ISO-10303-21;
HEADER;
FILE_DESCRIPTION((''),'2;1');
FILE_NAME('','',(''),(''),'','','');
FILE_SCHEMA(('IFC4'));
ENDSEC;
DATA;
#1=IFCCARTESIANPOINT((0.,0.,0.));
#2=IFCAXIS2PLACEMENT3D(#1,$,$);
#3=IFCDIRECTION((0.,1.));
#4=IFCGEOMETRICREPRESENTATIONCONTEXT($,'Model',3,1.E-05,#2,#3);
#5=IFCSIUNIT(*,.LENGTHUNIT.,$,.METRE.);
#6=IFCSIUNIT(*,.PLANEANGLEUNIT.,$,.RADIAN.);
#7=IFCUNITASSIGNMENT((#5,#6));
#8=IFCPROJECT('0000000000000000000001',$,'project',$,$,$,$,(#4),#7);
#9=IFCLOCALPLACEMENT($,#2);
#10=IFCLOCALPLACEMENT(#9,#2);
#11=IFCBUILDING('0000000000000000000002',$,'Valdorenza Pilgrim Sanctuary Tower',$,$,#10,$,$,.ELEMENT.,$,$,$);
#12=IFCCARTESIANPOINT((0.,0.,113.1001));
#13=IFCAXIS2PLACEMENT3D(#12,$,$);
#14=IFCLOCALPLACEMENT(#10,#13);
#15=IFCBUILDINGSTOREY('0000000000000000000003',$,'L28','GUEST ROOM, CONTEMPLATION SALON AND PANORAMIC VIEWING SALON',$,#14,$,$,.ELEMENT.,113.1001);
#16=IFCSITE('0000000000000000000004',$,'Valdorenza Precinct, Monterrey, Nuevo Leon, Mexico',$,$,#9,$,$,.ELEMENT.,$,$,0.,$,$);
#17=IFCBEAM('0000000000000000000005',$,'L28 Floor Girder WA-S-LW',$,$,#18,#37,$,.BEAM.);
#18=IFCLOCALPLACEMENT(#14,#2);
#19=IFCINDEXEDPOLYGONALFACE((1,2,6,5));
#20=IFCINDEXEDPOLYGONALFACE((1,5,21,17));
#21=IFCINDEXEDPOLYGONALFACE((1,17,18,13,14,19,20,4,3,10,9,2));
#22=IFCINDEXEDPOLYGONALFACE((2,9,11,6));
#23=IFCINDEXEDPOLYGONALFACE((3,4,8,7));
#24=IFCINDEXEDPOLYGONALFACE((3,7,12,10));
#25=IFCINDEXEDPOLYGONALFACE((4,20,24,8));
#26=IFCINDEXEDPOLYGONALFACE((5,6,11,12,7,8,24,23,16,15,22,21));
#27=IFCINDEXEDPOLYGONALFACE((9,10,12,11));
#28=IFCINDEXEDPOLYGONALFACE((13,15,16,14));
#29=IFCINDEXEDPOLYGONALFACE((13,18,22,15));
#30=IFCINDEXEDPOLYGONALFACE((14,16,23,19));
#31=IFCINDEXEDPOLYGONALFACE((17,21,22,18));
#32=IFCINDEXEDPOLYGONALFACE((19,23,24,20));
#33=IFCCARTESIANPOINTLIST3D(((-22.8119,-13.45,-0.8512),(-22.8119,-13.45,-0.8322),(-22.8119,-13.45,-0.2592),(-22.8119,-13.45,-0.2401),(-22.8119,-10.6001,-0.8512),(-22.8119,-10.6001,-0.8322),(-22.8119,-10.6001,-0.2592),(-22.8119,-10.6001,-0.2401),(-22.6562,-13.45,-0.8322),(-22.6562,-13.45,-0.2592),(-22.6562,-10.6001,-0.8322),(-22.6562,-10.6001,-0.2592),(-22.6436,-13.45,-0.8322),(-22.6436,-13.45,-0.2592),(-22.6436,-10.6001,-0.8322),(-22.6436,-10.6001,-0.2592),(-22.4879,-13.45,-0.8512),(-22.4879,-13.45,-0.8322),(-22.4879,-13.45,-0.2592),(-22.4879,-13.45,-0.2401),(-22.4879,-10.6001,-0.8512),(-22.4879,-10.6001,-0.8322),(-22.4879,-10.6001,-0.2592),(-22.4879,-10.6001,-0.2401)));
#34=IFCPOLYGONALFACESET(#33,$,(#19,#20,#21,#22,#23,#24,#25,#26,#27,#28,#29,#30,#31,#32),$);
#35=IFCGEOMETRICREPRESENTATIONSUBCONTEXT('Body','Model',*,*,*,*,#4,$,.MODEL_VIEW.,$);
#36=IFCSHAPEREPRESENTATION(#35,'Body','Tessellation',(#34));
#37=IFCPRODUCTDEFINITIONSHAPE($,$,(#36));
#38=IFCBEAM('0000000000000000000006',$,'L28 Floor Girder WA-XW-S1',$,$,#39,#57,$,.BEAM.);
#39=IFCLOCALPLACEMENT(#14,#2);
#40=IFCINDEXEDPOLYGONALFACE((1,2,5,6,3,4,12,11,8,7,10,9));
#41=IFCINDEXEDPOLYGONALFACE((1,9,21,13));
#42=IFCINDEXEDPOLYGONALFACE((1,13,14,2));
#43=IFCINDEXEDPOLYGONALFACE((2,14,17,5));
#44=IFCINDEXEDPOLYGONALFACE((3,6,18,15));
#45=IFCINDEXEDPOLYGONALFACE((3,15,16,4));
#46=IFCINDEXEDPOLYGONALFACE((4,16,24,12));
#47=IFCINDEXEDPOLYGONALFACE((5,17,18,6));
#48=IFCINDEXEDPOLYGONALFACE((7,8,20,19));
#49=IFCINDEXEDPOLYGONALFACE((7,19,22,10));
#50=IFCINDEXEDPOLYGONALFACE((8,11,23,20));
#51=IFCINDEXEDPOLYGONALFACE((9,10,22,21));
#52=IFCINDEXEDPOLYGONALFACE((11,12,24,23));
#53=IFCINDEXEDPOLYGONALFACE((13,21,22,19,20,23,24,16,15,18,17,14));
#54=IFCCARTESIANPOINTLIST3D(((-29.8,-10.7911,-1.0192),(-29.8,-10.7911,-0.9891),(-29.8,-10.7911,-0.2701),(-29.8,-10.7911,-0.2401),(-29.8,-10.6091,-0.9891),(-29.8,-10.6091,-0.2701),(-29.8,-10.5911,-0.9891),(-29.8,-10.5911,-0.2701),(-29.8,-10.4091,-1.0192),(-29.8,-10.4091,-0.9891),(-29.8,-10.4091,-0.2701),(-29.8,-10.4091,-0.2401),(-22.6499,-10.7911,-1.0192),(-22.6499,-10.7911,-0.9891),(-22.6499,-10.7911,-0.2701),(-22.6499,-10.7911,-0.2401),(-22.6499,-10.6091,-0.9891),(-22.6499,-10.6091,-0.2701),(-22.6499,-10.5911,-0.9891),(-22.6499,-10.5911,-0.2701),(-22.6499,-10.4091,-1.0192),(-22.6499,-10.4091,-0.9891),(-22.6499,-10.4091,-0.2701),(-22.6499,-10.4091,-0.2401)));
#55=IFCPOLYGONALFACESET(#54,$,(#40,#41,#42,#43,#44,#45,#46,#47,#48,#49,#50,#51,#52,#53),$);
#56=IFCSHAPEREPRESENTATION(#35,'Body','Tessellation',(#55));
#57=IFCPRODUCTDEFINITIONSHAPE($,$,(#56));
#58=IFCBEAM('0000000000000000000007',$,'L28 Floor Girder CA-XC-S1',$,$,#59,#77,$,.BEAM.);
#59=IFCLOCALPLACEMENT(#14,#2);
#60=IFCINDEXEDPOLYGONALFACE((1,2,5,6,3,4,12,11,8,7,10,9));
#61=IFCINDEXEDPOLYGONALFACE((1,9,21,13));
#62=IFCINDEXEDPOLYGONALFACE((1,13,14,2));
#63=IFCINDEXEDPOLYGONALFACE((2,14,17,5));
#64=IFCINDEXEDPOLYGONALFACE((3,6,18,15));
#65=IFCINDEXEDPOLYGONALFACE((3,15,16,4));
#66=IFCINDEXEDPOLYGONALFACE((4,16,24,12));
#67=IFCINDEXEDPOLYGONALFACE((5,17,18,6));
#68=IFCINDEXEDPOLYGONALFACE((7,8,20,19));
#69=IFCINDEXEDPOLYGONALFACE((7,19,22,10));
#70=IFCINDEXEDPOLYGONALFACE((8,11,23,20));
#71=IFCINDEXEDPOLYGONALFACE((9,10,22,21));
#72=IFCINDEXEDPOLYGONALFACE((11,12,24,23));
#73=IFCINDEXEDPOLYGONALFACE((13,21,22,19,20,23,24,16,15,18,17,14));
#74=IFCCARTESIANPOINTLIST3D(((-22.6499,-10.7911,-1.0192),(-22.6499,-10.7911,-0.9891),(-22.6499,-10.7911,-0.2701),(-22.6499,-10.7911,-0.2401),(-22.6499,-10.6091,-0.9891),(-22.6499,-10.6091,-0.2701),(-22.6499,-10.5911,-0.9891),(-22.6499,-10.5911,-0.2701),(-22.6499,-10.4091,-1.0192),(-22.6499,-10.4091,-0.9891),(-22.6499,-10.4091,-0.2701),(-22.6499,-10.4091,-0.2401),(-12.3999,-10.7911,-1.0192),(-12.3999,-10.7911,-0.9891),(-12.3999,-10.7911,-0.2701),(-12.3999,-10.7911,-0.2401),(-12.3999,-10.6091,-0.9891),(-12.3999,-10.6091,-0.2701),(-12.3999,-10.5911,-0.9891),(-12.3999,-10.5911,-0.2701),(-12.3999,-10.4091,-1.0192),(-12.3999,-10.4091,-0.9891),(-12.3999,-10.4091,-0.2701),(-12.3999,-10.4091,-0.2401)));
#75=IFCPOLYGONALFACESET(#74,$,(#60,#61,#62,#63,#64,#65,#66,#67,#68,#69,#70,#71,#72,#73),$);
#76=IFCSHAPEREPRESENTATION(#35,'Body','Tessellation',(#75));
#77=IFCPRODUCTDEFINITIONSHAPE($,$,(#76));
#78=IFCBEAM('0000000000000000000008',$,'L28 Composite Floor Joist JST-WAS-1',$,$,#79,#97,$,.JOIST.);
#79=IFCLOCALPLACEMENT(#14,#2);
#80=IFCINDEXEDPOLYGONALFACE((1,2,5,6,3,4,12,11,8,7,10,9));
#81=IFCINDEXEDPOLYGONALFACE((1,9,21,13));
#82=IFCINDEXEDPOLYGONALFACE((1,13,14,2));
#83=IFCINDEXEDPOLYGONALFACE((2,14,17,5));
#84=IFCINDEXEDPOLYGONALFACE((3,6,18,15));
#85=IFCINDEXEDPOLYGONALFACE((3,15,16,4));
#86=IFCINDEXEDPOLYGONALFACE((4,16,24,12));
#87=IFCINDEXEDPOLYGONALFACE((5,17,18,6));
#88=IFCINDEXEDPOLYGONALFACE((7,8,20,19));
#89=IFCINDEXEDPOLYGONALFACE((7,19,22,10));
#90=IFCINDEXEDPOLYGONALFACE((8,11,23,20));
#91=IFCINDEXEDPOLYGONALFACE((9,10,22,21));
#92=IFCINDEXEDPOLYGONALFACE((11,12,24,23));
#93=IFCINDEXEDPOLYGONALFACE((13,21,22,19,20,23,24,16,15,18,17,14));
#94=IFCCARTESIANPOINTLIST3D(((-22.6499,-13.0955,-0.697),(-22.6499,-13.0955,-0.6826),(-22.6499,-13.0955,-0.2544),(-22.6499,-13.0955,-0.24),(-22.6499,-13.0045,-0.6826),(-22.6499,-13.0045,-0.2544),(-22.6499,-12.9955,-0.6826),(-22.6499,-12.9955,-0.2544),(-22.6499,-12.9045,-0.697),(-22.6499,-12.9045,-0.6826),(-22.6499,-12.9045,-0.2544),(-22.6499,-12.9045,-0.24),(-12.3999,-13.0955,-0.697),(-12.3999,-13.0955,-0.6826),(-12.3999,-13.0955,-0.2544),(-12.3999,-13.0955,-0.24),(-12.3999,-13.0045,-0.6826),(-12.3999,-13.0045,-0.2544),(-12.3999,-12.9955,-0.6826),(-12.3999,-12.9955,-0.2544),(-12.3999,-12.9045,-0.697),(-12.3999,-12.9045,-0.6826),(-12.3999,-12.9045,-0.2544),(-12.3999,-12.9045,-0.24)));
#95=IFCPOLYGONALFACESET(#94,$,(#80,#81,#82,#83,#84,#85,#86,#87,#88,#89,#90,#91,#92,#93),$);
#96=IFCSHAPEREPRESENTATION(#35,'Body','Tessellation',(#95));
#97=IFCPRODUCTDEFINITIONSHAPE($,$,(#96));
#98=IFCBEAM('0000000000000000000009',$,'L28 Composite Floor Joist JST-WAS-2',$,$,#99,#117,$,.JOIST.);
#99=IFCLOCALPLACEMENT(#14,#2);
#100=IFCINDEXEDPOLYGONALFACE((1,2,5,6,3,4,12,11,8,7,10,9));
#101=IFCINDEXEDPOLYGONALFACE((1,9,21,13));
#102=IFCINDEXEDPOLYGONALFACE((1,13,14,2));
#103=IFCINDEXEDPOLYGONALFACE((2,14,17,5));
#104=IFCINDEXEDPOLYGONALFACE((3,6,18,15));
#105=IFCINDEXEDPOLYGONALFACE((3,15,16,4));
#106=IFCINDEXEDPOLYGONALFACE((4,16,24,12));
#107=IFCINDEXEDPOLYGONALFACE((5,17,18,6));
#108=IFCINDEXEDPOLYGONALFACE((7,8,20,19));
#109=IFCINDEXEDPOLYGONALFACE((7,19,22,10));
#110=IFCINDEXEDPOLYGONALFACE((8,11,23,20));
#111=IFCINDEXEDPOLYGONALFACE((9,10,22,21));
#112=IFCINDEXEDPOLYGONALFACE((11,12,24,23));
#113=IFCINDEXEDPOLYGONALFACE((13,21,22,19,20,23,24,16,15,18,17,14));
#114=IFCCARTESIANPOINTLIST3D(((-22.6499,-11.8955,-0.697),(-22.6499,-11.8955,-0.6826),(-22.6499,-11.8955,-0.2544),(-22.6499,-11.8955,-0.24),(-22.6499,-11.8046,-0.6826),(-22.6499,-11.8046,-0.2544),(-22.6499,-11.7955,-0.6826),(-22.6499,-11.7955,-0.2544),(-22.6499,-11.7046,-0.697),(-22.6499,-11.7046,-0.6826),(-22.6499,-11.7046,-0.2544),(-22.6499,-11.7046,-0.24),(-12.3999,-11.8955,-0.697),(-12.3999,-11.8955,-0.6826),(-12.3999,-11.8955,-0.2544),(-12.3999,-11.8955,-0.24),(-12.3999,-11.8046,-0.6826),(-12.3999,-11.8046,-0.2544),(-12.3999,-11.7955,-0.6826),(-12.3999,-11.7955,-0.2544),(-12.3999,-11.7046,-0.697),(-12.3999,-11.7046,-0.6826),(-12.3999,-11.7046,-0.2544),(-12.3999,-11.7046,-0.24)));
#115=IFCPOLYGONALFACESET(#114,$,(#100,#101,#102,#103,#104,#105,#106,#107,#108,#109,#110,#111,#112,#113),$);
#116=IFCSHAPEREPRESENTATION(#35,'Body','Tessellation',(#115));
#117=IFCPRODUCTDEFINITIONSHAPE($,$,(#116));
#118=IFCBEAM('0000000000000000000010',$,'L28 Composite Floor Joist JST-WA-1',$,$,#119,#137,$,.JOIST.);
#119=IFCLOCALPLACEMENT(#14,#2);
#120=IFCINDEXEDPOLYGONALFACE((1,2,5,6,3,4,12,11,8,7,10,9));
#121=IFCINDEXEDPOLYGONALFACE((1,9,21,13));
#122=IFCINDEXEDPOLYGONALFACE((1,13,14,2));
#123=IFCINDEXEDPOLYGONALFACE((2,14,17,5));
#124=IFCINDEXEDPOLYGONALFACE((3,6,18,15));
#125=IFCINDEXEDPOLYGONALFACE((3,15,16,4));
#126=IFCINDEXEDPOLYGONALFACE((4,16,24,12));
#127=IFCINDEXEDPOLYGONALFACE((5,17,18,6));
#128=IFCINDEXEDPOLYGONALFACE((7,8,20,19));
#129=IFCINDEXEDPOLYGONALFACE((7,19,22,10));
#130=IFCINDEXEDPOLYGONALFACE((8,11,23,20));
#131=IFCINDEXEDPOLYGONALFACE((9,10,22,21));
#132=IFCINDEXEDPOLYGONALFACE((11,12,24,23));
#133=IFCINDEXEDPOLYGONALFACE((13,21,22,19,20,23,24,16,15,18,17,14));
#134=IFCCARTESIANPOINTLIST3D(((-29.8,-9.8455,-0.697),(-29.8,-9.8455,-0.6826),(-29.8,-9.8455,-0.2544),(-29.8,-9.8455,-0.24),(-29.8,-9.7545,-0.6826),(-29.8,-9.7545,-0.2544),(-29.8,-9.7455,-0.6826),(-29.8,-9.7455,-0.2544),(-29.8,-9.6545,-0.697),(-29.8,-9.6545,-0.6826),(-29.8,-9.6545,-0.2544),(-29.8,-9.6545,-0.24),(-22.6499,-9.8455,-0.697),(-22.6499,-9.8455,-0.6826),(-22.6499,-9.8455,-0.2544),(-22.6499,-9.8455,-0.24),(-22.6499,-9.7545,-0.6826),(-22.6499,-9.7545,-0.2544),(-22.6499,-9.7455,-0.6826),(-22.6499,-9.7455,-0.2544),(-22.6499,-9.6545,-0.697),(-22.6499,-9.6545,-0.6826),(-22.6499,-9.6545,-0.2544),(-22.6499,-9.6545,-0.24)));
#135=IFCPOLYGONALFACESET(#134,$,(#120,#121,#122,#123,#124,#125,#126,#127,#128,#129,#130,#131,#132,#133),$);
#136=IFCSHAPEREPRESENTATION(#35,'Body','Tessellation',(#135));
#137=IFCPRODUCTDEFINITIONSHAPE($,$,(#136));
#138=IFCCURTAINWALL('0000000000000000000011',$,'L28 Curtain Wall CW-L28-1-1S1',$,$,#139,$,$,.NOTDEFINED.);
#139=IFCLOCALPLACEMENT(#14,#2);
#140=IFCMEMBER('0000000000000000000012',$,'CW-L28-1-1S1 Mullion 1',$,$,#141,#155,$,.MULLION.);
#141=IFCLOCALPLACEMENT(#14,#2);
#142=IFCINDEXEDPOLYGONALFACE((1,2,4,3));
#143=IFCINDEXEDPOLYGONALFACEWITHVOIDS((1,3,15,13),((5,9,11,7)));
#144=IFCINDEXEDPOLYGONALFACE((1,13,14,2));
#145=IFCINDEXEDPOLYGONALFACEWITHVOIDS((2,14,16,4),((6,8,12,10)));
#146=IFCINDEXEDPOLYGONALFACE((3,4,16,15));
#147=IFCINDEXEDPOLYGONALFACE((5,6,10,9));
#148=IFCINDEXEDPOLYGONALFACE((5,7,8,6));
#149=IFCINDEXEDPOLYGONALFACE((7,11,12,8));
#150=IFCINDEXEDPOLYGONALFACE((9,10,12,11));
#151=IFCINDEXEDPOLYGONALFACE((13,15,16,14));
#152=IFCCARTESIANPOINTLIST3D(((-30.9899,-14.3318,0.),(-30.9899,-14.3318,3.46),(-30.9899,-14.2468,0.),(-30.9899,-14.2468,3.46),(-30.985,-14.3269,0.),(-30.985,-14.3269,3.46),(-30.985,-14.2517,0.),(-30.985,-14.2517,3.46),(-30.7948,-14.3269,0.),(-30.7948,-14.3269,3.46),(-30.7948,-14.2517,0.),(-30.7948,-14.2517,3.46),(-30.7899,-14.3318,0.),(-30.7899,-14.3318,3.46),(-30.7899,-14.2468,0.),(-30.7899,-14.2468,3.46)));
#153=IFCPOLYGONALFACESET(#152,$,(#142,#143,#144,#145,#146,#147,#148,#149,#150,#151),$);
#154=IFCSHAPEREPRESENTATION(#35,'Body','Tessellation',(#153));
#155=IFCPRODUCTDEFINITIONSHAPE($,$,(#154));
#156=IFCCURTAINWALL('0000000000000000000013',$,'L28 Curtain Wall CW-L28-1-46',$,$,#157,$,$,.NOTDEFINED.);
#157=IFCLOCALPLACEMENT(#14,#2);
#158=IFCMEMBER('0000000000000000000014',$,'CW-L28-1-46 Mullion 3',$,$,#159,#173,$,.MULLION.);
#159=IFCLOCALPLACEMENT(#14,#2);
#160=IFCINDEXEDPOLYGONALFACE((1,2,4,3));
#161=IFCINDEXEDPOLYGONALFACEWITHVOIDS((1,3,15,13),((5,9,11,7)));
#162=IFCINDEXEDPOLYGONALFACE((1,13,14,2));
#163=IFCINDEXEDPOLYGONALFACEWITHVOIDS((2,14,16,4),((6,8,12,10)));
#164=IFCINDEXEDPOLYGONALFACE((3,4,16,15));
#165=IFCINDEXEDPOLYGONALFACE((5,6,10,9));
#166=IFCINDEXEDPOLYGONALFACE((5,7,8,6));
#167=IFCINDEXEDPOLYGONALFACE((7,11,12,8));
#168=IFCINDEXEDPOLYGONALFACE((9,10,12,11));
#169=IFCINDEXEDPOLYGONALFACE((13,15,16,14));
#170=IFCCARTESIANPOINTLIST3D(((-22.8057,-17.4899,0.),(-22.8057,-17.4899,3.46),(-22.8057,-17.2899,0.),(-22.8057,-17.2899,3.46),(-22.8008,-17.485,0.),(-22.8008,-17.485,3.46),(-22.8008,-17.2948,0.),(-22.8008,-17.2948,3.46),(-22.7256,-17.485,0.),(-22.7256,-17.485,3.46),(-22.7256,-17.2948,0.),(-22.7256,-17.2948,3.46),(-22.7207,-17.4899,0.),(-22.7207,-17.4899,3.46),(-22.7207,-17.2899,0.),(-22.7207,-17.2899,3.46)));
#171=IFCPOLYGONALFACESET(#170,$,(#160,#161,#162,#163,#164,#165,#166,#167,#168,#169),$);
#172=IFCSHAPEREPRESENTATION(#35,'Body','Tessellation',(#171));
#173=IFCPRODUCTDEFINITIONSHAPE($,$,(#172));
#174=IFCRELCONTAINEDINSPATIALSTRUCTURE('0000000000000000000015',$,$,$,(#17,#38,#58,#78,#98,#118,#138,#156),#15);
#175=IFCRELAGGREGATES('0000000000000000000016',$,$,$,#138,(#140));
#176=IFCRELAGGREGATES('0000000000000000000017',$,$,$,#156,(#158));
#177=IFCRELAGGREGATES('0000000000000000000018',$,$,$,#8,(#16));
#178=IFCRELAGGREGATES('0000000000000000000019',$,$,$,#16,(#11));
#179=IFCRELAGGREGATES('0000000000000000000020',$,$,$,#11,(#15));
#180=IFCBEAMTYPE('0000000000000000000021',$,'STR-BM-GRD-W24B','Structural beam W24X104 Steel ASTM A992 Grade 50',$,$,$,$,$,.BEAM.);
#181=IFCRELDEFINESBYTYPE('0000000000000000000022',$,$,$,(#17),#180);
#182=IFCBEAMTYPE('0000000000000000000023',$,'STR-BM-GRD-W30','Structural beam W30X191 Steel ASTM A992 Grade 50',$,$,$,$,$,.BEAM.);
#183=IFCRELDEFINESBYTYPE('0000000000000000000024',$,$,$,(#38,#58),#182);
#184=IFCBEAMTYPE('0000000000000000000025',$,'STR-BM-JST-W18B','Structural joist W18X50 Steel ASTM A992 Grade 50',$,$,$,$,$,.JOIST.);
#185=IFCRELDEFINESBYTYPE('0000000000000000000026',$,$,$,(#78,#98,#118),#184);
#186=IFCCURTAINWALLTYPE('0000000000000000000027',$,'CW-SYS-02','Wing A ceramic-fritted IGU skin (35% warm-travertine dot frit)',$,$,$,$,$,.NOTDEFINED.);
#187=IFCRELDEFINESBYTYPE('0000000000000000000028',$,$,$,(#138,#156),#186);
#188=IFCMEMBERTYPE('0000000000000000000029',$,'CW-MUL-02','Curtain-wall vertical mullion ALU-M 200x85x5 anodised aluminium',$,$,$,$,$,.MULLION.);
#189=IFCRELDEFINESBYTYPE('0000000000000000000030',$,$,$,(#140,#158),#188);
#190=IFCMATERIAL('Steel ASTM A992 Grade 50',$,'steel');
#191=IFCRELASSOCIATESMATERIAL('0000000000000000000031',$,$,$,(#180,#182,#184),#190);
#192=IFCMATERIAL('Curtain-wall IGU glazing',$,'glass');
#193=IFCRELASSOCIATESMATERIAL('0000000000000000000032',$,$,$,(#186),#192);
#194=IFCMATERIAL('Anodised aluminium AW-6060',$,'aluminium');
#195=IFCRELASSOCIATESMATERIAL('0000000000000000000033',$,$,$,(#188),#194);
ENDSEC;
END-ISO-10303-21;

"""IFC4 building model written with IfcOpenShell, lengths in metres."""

from ifc_helpers import new_model, si_unit, direction, frame, origin, origin_2d, place, context, subcontext, project, spatial, hollow_rectangle, i_section, extrude, source, transform, mapped, material, material_profile, profile_set, type_object, element, aggregate, save


model = new_model("IFC4")

# Units and contexts
model_context = context("Model", 3, precision=1e-05, world=origin(), true_north=direction((0.0, 1.0)))
body_context = subcontext(model_context, "Body", "Model", "MODEL_VIEW")
ifc_project = project(units=[si_unit("LENGTHUNIT", "METRE"), si_unit("PLANEANGLEUNIT", "RADIAN")], contexts=[model_context])

# Site, building, storey
site_placement = place(None, origin())
site = spatial("IfcSite", under=ifc_project, at=site_placement, Name="Valdorenza Precinct, Monterrey, Nuevo Leon, Mexico", CompositionType="ELEMENT", RefElevation=0.0)
building_placement = place(site_placement, origin())
building = spatial("IfcBuilding", under=site, at=building_placement, Name="Valdorenza Pilgrim Sanctuary Tower", CompositionType="ELEMENT")
storey_placement = place(building_placement, frame((0.0, 0.0, 113.1001)))
storey = spatial("IfcBuildingStorey", under=building, at=storey_placement, Name="L28", Description="GUEST ROOM, CONTEMPLATION SALON AND PANORAMIC VIEWING SALON", CompositionType="ELEMENT", Elevation=113.1001)

# Shared definitions
ifc_material_1 = material(Name="Steel ASTM A992 Grade 50", Category="steel")

# Beams
ifc_material_profile_1 = material_profile(ifc_material_1, i_section(OverallWidth=0.324, OverallDepth=0.6111, WebThickness=0.0127, FlangeThickness=0.019, at=origin_2d()), Name="W24X104")
ifc_profile_set_1 = profile_set([ifc_material_profile_1], Name="Steel ASTM A992 Grade 50")
beam_type_1 = type_object("IfcBeamType", Name="STR-BM-GRD-W24B", Description="Structural beam W24X104 Steel ASTM A992 Grade 50", PredefinedType="BEAM", material=ifc_profile_set_1)
shared_shape_1 = source(origin(), body_context, "Body", "SweptSolid", [
    extrude(i_section(OverallWidth=0.324, OverallDepth=0.6111, WebThickness=0.0127, FlangeThickness=0.019, at=origin_2d()), origin(), (0.0, 0.0, 1.0), 2.8499),
])
beam_1_placement = place(storey_placement, frame((-22.6499, -13.45, -0.5457), z_axis=(0.0, 1.0, 0.0), x_axis=(-1.0, 0.0, 0.0)))
element("IfcBeam", 1, at=beam_1_placement, inside=storey, type_object=beam_type_1, Name="L28 Floor Girder WA-S-LW", PredefinedType="BEAM", context=body_context, shape_type="MappedRepresentation", body=[
    mapped(shared_shape_1, transform((0.0, 0.0, 0.0), x_axis=(1.0, 0.0, 0.0), y_axis=(0.0, 1.0, 0.0), z_axis=(0.0, 0.0, 1.0), scale=1.0)),
])
ifc_material_profile_2 = material_profile(ifc_material_1, i_section(OverallWidth=0.3821, OverallDepth=0.7791, WebThickness=0.0181, FlangeThickness=0.03, at=origin_2d()), Name="W30X191")
ifc_profile_set_2 = profile_set([ifc_material_profile_2], Name="Steel ASTM A992 Grade 50")
beam_type_2 = type_object("IfcBeamType", Name="STR-BM-GRD-W30", Description="Structural beam W30X191 Steel ASTM A992 Grade 50", PredefinedType="BEAM", material=ifc_profile_set_2)
shared_shape_2 = source(origin(), body_context, "Body", "SweptSolid", [
    extrude(i_section(OverallWidth=0.3821, OverallDepth=0.7791, WebThickness=0.0181, FlangeThickness=0.03, at=origin_2d()), origin(), (0.0, 0.0, 1.0), 7.1501),
])
beam_2_placement = place(storey_placement, frame((-29.8, -10.6001, -0.6296), z_axis=(1.0, 0.0, 0.0), x_axis=(0.0, 1.0, 0.0)))
element("IfcBeam", 2, at=beam_2_placement, inside=storey, type_object=beam_type_2, Name="L28 Floor Girder WA-XW-S1", PredefinedType="BEAM", context=body_context, shape_type="MappedRepresentation", body=[
    mapped(shared_shape_2, transform((0.0, 0.0, 0.0), x_axis=(1.0, 0.0, 0.0), y_axis=(0.0, 1.0, 0.0), z_axis=(0.0, 0.0, 1.0), scale=1.0)),
])
shared_shape_3 = source(origin(), body_context, "Body", "SweptSolid", [
    extrude(i_section(OverallWidth=0.3821, OverallDepth=0.7791, WebThickness=0.0181, FlangeThickness=0.03, at=origin_2d()), origin(), (0.0, 0.0, 1.0), 10.25),
])
beam_3_placement = place(storey_placement, frame((-22.6499, -10.6001, -0.6296), z_axis=(1.0, 0.0, 0.0), x_axis=(0.0, 1.0, 0.0)))
element("IfcBeam", 3, at=beam_3_placement, inside=storey, type_object=beam_type_2, Name="L28 Floor Girder CA-XC-S1", PredefinedType="BEAM", context=body_context, shape_type="MappedRepresentation", body=[
    mapped(shared_shape_3, transform((0.0, 0.0, 0.0), x_axis=(1.0, 0.0, 0.0), y_axis=(0.0, 1.0, 0.0), z_axis=(0.0, 0.0, 1.0), scale=1.0)),
])
ifc_material_profile_3 = material_profile(ifc_material_1, i_section(OverallWidth=0.1909, OverallDepth=0.457, WebThickness=0.009, FlangeThickness=0.0144, at=origin_2d()), Name="W18X50")
ifc_profile_set_3 = profile_set([ifc_material_profile_3], Name="Steel ASTM A992 Grade 50")
beam_type_3 = type_object("IfcBeamType", Name="STR-BM-JST-W18B", Description="Structural joist W18X50 Steel ASTM A992 Grade 50", PredefinedType="JOIST", material=ifc_profile_set_3)
shared_shape_4 = source(origin(), body_context, "Body", "SweptSolid", [
    extrude(i_section(OverallWidth=0.1909, OverallDepth=0.457, WebThickness=0.009, FlangeThickness=0.0144, at=origin_2d()), origin(), (0.0, 0.0, 1.0), 10.25),
])
for number, where, z_axis, x_axis, name in (
    (4, (-22.6499, -13.0, -0.4685), (1.0, 0.0, 0.0), (0.0, 1.0, 0.0), "L28 Composite Floor Joist JST-WAS-1"),
    (5, (-22.6499, -11.8, -0.4685), (1.0, 0.0, 0.0), (0.0, 1.0, 0.0), "L28 Composite Floor Joist JST-WAS-2"),
):
    element("IfcBeam", number, at=place(storey_placement, frame(where, z_axis=z_axis, x_axis=x_axis)), inside=storey, type_object=beam_type_3, Name=name, PredefinedType="JOIST", context=body_context, shape_type="MappedRepresentation", body=[
        mapped(shared_shape_4, transform((0.0, 0.0, 0.0), x_axis=(1.0, 0.0, 0.0), y_axis=(0.0, 1.0, 0.0), z_axis=(0.0, 0.0, 1.0), scale=1.0)),
    ])
shared_shape_5 = source(origin(), body_context, "Body", "SweptSolid", [
    extrude(i_section(OverallWidth=0.1909, OverallDepth=0.457, WebThickness=0.009, FlangeThickness=0.0144, at=origin_2d()), origin(), (0.0, 0.0, 1.0), 7.1501),
])
beam_4_placement = place(storey_placement, frame((-29.8, -9.75, -0.4685), z_axis=(1.0, 0.0, 0.0), x_axis=(0.0, 1.0, 0.0)))
element("IfcBeam", 6, at=beam_4_placement, inside=storey, type_object=beam_type_3, Name="L28 Composite Floor Joist JST-WA-1", PredefinedType="JOIST", context=body_context, shape_type="MappedRepresentation", body=[
    mapped(shared_shape_5, transform((0.0, 0.0, 0.0), x_axis=(1.0, 0.0, 0.0), y_axis=(0.0, 1.0, 0.0), z_axis=(0.0, 0.0, 1.0), scale=1.0)),
])

# Curtain wall, member
ifc_material_2 = material(Name="Curtain-wall IGU glazing", Category="glass")
curtain_wall_type = type_object("IfcCurtainWallType", Name="CW-SYS-02", Description="Wing A ceramic-fritted IGU skin (35% warm-travertine dot frit)", PredefinedType="NOTDEFINED", material=ifc_material_2)
curtain_wall_1_placement = place(storey_placement, origin())
curtain_wall_1 = element("IfcCurtainWall", 7, at=curtain_wall_1_placement, inside=storey, type_object=curtain_wall_type, Name="L28 Curtain Wall CW-L28-1-1S1", PredefinedType="NOTDEFINED")
ifc_material_3 = material(Name="Anodised aluminium AW-6060", Category="aluminium")
ifc_material_profile_4 = material_profile(ifc_material_3, hollow_rectangle(XDim=0.085, YDim=0.2, WallThickness=0.0049, at=origin_2d()), Name="ALU-M 200x85x5")
ifc_profile_set_4 = profile_set([ifc_material_profile_4], Name="Anodised aluminium AW-6060")
member_type_1 = type_object("IfcMemberType", Name="CW-MUL-02", Description="Curtain-wall vertical mullion ALU-M 200x85x5 anodised aluminium", PredefinedType="MULLION", material=ifc_profile_set_4)
shared_shape_6 = source(origin(), body_context, "Body", "SweptSolid", [
    extrude(hollow_rectangle(XDim=0.085, YDim=0.2, WallThickness=0.0049, at=origin_2d()), origin(), (0.0, 0.0, 1.0), 3.46),
])
member_1_placement = place(storey_placement, frame((-30.8899, -14.2893, 0.0), z_axis=(0.0, 0.0, 1.0), x_axis=(0.0, 1.0, 0.0)))
member_1 = element("IfcMember", 8, at=member_1_placement, type_object=member_type_1, Name="CW-L28-1-1S1 Mullion 1", PredefinedType="MULLION", context=body_context, shape_type="MappedRepresentation", body=[
    mapped(shared_shape_6, transform((0.0, 0.0, 0.0), x_axis=(1.0, 0.0, 0.0), y_axis=(0.0, 1.0, 0.0), z_axis=(0.0, 0.0, 1.0), scale=1.0)),
])

# Curtain wall, member
curtain_wall_2_placement = place(storey_placement, origin())
curtain_wall_2 = element("IfcCurtainWall", 9, at=curtain_wall_2_placement, inside=storey, type_object=curtain_wall_type, Name="L28 Curtain Wall CW-L28-1-46", PredefinedType="NOTDEFINED")
member_2_placement = place(storey_placement, frame((-22.7632, -17.3899, 0.0), z_axis=(0.0, 0.0, 1.0), x_axis=(-1.0, 0.0, 0.0)))
member_2 = element("IfcMember", 10, at=member_2_placement, type_object=member_type_1, Name="CW-L28-1-46 Mullion 3", PredefinedType="MULLION", context=body_context, shape_type="MappedRepresentation", body=[
    mapped(shared_shape_6, transform((0.0, 0.0, 0.0), x_axis=(1.0, 0.0, 0.0), y_axis=(0.0, 1.0, 0.0), z_axis=(0.0, 0.0, 1.0), scale=1.0)),
])

aggregate(curtain_wall_1, [member_1])
aggregate(curtain_wall_2, [member_2])

save(model, "model.ifc")
